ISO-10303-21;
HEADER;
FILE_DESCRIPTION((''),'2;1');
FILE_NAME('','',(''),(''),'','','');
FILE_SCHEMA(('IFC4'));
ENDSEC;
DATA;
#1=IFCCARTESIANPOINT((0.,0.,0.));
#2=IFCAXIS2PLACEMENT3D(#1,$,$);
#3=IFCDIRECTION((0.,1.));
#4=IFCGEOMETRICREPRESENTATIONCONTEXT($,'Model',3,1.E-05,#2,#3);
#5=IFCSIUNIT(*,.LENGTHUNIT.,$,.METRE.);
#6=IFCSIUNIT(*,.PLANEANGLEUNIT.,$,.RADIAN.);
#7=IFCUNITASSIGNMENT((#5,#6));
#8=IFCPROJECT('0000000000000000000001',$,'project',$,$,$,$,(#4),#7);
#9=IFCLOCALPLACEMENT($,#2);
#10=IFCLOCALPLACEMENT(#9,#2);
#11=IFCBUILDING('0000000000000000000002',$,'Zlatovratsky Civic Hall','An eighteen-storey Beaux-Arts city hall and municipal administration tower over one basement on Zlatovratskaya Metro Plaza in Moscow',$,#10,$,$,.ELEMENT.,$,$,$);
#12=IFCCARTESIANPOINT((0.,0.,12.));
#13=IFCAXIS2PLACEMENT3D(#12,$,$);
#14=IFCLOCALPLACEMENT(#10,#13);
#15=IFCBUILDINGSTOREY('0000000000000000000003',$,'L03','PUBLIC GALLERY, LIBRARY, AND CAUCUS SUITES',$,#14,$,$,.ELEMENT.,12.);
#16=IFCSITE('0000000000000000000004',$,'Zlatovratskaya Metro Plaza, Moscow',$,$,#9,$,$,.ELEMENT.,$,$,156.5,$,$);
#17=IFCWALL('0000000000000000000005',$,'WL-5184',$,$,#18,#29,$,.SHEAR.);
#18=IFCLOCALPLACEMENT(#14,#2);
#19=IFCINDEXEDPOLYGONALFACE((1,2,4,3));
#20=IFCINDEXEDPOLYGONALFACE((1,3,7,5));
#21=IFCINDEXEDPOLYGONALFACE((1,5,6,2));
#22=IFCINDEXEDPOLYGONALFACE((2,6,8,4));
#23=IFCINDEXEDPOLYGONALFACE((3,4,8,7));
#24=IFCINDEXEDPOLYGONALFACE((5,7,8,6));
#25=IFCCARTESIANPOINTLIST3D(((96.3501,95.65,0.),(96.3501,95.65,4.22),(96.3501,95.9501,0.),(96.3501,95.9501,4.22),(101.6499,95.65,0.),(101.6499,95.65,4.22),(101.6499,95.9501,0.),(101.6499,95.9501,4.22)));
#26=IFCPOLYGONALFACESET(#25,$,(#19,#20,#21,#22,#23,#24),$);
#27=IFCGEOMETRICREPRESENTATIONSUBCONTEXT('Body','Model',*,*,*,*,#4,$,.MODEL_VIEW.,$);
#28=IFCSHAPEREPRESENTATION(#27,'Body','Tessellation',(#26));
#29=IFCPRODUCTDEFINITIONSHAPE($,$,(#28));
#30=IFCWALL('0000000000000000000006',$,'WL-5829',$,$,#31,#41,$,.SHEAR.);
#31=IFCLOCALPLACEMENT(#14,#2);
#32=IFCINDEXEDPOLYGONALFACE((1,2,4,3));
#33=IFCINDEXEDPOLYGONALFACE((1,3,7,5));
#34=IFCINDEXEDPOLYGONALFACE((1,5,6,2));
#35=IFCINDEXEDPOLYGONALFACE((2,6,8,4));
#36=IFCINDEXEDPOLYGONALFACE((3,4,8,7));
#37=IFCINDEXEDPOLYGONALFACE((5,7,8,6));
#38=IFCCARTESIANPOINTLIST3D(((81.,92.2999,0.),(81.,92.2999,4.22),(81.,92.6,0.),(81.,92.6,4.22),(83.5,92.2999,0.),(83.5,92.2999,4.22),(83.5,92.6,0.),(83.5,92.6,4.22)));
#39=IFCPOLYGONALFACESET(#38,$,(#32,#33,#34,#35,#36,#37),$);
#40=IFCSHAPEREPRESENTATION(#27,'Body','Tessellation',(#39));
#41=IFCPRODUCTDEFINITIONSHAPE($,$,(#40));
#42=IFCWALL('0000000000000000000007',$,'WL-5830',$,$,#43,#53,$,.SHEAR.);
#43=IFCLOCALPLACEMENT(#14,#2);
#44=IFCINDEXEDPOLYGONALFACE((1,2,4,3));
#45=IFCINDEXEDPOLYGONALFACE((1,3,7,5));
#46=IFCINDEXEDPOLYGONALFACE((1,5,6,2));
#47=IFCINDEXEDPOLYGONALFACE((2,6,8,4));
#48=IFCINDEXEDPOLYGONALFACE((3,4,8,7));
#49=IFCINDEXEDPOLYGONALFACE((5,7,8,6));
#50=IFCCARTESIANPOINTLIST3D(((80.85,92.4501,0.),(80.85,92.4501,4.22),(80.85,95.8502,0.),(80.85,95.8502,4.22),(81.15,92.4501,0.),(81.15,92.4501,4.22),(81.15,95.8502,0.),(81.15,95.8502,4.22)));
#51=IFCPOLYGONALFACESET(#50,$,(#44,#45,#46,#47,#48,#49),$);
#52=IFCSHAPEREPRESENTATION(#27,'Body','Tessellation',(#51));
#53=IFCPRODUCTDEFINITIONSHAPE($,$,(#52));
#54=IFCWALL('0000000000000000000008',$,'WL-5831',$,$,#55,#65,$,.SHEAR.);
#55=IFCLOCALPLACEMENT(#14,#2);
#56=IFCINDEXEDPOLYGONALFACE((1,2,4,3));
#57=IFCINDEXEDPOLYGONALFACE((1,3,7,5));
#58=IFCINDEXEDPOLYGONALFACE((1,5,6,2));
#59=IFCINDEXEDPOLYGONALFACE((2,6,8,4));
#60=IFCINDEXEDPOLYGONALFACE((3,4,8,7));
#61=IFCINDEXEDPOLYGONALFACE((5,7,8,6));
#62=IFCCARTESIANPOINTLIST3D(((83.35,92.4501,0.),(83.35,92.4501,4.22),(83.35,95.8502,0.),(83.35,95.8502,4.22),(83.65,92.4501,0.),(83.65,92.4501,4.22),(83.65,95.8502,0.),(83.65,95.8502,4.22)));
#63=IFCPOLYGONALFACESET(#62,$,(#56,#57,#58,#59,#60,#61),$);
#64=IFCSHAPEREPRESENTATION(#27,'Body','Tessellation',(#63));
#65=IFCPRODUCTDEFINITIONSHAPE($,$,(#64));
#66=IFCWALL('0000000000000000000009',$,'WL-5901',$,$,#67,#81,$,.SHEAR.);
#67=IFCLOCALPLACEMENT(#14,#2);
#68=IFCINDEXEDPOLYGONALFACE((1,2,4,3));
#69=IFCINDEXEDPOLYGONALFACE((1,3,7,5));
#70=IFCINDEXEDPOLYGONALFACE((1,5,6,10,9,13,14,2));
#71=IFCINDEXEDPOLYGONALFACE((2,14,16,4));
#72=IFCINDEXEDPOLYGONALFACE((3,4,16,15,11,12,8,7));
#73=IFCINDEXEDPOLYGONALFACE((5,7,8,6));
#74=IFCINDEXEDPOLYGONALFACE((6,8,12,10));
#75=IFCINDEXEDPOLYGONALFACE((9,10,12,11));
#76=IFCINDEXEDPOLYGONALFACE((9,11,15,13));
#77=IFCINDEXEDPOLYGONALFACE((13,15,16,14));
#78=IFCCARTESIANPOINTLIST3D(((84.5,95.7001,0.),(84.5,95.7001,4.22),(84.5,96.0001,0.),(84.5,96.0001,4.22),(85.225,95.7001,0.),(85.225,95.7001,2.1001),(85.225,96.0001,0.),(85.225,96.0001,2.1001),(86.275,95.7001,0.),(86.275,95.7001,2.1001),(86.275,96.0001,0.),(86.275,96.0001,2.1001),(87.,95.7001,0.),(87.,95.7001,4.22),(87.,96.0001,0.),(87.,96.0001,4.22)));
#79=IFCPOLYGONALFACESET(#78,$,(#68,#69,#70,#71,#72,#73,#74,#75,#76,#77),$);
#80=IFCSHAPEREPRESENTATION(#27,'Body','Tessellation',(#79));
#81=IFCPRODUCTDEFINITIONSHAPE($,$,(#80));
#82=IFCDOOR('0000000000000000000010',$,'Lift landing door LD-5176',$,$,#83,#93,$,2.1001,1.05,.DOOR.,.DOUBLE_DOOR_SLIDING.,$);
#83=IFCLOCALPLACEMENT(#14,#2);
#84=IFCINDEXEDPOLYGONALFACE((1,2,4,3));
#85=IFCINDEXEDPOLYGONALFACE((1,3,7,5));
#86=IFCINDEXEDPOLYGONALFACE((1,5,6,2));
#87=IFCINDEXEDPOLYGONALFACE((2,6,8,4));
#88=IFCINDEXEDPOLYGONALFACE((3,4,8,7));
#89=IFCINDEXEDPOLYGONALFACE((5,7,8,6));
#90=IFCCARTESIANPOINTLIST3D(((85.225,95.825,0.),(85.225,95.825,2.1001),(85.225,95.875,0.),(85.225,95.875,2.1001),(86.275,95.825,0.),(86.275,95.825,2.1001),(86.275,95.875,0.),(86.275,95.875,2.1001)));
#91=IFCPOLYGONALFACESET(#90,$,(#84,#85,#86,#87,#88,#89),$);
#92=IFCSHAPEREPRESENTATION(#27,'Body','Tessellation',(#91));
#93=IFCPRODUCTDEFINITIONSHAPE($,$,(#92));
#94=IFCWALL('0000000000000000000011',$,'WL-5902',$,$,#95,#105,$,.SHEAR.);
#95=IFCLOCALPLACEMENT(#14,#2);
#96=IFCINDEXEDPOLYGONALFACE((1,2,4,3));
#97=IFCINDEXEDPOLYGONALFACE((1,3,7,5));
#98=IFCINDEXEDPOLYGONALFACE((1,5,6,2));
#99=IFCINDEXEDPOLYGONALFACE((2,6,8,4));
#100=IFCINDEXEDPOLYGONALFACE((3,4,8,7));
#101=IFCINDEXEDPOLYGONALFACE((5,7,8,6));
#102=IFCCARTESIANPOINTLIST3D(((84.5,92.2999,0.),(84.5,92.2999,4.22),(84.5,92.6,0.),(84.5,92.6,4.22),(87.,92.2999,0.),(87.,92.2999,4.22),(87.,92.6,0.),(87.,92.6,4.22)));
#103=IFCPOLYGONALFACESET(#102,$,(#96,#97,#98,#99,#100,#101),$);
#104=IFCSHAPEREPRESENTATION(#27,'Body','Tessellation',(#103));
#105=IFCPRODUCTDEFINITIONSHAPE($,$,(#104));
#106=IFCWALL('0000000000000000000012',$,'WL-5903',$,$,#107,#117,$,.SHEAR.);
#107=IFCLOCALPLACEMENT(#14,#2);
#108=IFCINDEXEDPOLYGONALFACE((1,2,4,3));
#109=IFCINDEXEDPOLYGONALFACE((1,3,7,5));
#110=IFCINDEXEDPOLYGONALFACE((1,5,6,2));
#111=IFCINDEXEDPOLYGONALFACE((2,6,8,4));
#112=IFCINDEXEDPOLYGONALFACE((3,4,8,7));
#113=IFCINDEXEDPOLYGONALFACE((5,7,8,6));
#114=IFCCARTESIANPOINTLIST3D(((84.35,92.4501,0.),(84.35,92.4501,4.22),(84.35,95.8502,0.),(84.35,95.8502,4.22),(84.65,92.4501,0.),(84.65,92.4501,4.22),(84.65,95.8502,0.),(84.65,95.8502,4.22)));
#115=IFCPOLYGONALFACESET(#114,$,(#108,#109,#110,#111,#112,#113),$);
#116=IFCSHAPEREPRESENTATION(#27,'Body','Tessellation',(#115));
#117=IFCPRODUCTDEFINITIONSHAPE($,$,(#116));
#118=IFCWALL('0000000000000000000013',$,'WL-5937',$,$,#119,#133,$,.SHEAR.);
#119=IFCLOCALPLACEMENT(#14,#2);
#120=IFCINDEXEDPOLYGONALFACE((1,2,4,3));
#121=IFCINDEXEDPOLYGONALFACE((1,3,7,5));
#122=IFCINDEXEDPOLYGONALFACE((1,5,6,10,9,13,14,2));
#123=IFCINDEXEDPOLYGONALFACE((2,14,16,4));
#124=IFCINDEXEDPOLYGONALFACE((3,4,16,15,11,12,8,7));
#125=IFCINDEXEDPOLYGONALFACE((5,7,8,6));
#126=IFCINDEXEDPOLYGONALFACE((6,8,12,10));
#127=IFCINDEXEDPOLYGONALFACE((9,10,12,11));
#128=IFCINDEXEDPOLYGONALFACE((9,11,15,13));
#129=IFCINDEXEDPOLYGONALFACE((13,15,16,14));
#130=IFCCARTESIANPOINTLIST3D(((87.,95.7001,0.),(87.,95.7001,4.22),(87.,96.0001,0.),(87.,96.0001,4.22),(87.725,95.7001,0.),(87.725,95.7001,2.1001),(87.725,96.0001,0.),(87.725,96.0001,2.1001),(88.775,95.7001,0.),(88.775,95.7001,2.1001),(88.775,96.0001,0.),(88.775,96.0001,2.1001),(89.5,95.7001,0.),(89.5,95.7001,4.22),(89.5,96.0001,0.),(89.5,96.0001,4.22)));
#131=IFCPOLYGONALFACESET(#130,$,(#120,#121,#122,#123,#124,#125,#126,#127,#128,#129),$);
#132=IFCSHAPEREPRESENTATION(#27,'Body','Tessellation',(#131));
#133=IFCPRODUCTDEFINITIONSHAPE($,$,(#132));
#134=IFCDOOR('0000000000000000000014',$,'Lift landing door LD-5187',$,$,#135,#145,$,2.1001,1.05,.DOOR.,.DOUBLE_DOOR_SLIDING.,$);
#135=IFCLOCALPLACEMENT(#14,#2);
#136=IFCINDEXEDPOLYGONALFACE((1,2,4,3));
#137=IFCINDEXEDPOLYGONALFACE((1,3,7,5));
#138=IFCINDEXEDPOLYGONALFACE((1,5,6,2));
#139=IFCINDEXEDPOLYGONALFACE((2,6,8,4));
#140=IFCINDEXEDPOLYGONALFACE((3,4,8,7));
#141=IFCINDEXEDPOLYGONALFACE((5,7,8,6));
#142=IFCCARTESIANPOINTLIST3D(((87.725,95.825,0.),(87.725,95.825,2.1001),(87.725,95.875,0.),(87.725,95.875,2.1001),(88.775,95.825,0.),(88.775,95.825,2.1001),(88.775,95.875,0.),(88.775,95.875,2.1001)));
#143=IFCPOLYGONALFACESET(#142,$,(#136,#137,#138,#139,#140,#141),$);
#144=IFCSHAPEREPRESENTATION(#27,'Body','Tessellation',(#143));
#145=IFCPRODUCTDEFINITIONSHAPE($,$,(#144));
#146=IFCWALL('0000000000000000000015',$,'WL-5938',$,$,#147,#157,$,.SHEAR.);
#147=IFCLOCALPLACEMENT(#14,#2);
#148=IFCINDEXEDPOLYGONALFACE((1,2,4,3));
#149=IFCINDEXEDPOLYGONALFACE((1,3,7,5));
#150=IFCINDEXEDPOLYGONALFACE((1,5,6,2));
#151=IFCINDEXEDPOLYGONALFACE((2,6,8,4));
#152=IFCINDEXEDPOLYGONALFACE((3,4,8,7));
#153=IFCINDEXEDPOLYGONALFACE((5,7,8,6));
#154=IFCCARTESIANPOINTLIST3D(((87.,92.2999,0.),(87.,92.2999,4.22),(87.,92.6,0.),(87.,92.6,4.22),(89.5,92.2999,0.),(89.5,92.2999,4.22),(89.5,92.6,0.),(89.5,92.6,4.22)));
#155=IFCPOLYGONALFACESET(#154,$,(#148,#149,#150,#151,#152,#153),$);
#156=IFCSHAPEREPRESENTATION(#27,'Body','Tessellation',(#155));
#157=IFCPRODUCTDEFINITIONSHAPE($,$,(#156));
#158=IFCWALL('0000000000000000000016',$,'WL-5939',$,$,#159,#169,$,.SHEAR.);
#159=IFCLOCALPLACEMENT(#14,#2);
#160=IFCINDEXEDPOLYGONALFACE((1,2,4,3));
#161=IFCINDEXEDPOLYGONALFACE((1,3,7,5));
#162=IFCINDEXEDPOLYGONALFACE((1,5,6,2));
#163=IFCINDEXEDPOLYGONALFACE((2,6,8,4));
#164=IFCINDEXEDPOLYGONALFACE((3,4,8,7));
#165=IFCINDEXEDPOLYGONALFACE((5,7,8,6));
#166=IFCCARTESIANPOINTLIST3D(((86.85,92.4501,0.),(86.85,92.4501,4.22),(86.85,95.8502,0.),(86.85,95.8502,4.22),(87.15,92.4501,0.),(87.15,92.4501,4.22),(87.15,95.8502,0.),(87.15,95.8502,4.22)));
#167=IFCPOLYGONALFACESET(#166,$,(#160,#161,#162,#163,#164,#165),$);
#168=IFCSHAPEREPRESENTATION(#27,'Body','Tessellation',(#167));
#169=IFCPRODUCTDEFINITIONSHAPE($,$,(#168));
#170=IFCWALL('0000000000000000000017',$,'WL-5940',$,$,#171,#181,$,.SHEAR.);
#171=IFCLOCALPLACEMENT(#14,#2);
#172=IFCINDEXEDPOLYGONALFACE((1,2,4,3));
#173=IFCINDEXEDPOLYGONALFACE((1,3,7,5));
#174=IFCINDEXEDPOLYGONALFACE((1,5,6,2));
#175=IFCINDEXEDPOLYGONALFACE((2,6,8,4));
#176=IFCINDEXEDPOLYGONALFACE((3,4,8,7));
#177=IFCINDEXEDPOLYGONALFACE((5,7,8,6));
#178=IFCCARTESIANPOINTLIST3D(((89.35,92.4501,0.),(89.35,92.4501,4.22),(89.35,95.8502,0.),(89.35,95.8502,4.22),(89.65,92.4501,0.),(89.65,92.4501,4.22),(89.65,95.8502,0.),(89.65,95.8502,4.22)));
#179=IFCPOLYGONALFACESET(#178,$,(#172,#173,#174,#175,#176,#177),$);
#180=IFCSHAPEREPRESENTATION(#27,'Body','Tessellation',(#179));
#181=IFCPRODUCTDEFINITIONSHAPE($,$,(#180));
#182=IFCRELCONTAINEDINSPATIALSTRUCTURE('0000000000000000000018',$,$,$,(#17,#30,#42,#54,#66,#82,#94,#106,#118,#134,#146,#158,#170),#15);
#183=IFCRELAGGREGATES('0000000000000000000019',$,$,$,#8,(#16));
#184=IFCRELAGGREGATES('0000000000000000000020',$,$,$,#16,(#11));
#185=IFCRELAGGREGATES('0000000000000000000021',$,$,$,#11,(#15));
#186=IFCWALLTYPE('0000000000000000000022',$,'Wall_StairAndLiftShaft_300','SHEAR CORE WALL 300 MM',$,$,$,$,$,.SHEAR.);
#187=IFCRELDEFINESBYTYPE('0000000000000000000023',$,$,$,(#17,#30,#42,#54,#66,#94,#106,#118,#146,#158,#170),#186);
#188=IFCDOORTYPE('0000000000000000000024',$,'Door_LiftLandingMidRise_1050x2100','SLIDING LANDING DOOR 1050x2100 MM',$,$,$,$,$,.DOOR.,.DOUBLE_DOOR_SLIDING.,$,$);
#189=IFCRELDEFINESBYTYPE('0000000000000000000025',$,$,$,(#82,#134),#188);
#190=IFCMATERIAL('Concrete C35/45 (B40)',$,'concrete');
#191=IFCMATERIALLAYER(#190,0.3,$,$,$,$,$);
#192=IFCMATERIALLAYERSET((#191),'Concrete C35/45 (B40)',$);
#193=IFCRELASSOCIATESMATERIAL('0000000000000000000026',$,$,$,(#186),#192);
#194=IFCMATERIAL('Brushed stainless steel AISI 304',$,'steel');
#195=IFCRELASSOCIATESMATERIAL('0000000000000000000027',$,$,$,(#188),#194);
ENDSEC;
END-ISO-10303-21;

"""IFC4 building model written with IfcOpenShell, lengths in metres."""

from ifc_helpers import new_model, si_unit, direction, frame, frame_2d, origin, place, context, subcontext, project, spatial, rectangle, extrude, material, layer, layer_set, type_object, element, fill, save


model = new_model("IFC4")

# Units and contexts
model_context = context("Model", 3, precision=1e-05, world=origin(), true_north=direction((0.0, 1.0)))
body_context = subcontext(model_context, "Body", "Model", "MODEL_VIEW")
ifc_project = project(units=[si_unit("LENGTHUNIT", "METRE"), si_unit("PLANEANGLEUNIT", "RADIAN")], contexts=[model_context])

# Site, building, storey
site_placement = place(None, origin())
site = spatial("IfcSite", under=ifc_project, at=site_placement, Name="Zlatovratskaya Metro Plaza, Moscow", CompositionType="ELEMENT", RefElevation=156.5)
building_placement = place(site_placement, origin())
building = spatial("IfcBuilding", under=site, at=building_placement, Name="Zlatovratsky Civic Hall", Description="An eighteen-storey Beaux-Arts city hall and municipal administration tower over one basement on Zlatovratskaya Metro Plaza in Moscow", CompositionType="ELEMENT")
storey_placement = place(building_placement, frame((0.0, 0.0, 12.0)))
storey = spatial("IfcBuildingStorey", under=building, at=storey_placement, Name="L03", Description="PUBLIC GALLERY, LIBRARY, AND CAUCUS SUITES", CompositionType="ELEMENT", Elevation=12.0)

# Shared definitions
ifc_material_1 = material(Name="Concrete C35/45 (B40)", Category="concrete")

# Wall
ifc_layer_1 = layer(ifc_material_1, 0.3)
ifc_layer_set_1 = layer_set([ifc_layer_1], Name="Concrete C35/45 (B40)")
wall_type_1 = type_object("IfcWallType", Name="Wall_StairAndLiftShaft_300", Description="SHEAR CORE WALL 300 MM", PredefinedType="SHEAR", material=ifc_layer_set_1)
wall_1_placement = place(storey_placement, frame((96.3501, 95.8, 0.0), z_axis=(0.0, 0.0, 1.0), x_axis=(1.0, 0.0, 0.0)))
element("IfcWall", 1, at=wall_1_placement, inside=storey, type_object=wall_type_1, Name="WL-5184", PredefinedType="SHEAR", context=body_context, shape_type="SweptSolid", body=[
    extrude(rectangle(XDim=5.2998, YDim=0.3, at=frame_2d((2.6499, 0.0))), origin(), (0.0, 0.0, 1.0), 4.22),
])

# Shared definitions
ifc_material_2 = material(Name="Brushed stainless steel AISI 304", Category="steel")

# Walls
wall_2_placement = place(storey_placement, frame((81.0, 92.45, 0.0), z_axis=(0.0, 0.0, 1.0), x_axis=(1.0, 0.0, 0.0)))
element("IfcWall", 2, at=wall_2_placement, inside=storey, type_object=wall_type_1, Name="WL-5829", PredefinedType="SHEAR", context=body_context, shape_type="SweptSolid", body=[
    extrude(rectangle(XDim=2.5, YDim=0.3, at=frame_2d((1.25, 0.0))), origin(), (0.0, 0.0, 1.0), 4.22),
])
for number, where, z_axis, x_axis, name in (
    (3, (81.0, 92.45, 0.0), (0.0, 0.0, 1.0), (0.0, 1.0, 0.0), "WL-5830"),
    (4, (83.5, 92.45, 0.0), (0.0, 0.0, 1.0), (0.0, 1.0, 0.0), "WL-5831"),
):
    element("IfcWall", number, at=place(storey_placement, frame(where, z_axis=z_axis, x_axis=x_axis)), inside=storey, type_object=wall_type_1, Name=name, PredefinedType="SHEAR", context=body_context, shape_type="SweptSolid", body=[
        extrude(rectangle(XDim=3.4001, YDim=0.3, at=frame_2d((1.7002, 0.0))), origin(), (0.0, 0.0, 1.0), 4.22),
    ])

# Wall, opening, door
wall_3_placement = place(storey_placement, frame((84.5, 95.8501, 0.0), z_axis=(0.0, 0.0, 1.0), x_axis=(1.0, 0.0, 0.0)))
wall_3 = element("IfcWall", 5, at=wall_3_placement, inside=storey, type_object=wall_type_1, Name="WL-5901", PredefinedType="SHEAR", context=body_context, shape_type="SweptSolid", body=[
    extrude(rectangle(XDim=2.5, YDim=0.3, at=frame_2d((1.25, 0.0))), origin(), (0.0, 0.0, 1.0), 4.22),
])
opening_1_placement = place(wall_3_placement, frame((0.7251, 0.0, 0.0)))
opening_1 = element("IfcOpeningElement", 6, at=opening_1_placement, cuts=wall_3, PredefinedType="OPENING", context=body_context, shape_type="SweptSolid", body=[
    extrude(rectangle(XDim=1.05, YDim=2.1001, at=frame_2d((0.5249, 1.05))), frame((0.0, 0.165, 0.0), z_axis=(0.0, -1.0, 0.0), x_axis=(1.0, 0.0, 0.0)), (0.0, 0.0, 1.0), 0.3298),
])
door_type_1 = type_object("IfcDoorType", Name="Door_LiftLandingMidRise_1050x2100", Description="SLIDING LANDING DOOR 1050x2100 MM", OperationType="DOUBLE_DOOR_SLIDING", PredefinedType="DOOR", material=ifc_material_2)
door_1_placement = place(opening_1_placement, origin())
door_1 = element("IfcDoor", 7, at=door_1_placement, inside=storey, type_object=door_type_1, Name="Lift landing door LD-5176", OperationType="DOUBLE_DOOR_SLIDING", OverallHeight=2.1001, OverallWidth=1.05, PredefinedType="DOOR", context=body_context, shape_type="SweptSolid", body=[
    extrude(rectangle(XDim=1.05, YDim=2.1001, at=frame_2d((0.5249, 1.05))), frame((0.0, 0.0249, 0.0), z_axis=(0.0, -1.0, 0.0), x_axis=(1.0, 0.0, 0.0)), (0.0, 0.0, 1.0), 0.05),
])
fill(opening_1, door_1)

# Walls
wall_4_placement = place(storey_placement, frame((84.5, 92.45, 0.0), z_axis=(0.0, 0.0, 1.0), x_axis=(1.0, 0.0, 0.0)))
element("IfcWall", 8, at=wall_4_placement, inside=storey, type_object=wall_type_1, Name="WL-5902", PredefinedType="SHEAR", context=body_context, shape_type="SweptSolid", body=[
    extrude(rectangle(XDim=2.5, YDim=0.3, at=frame_2d((1.25, 0.0))), origin(), (0.0, 0.0, 1.0), 4.22),
])
wall_5_placement = place(storey_placement, frame((84.5, 92.45, 0.0), z_axis=(0.0, 0.0, 1.0), x_axis=(0.0, 1.0, 0.0)))
element("IfcWall", 9, at=wall_5_placement, inside=storey, type_object=wall_type_1, Name="WL-5903", PredefinedType="SHEAR", context=body_context, shape_type="SweptSolid", body=[
    extrude(rectangle(XDim=3.4001, YDim=0.3, at=frame_2d((1.7002, 0.0))), origin(), (0.0, 0.0, 1.0), 4.22),
])

# Wall, opening, door
wall_6_placement = place(storey_placement, frame((87.0, 95.8501, 0.0), z_axis=(0.0, 0.0, 1.0), x_axis=(1.0, 0.0, 0.0)))
wall_6 = element("IfcWall", 10, at=wall_6_placement, inside=storey, type_object=wall_type_1, Name="WL-5937", PredefinedType="SHEAR", context=body_context, shape_type="SweptSolid", body=[
    extrude(rectangle(XDim=2.5, YDim=0.3, at=frame_2d((1.25, 0.0))), origin(), (0.0, 0.0, 1.0), 4.22),
])
opening_2_placement = place(wall_6_placement, frame((0.7251, 0.0, 0.0)))
opening_2 = element("IfcOpeningElement", 11, at=opening_2_placement, cuts=wall_6, PredefinedType="OPENING", context=body_context, shape_type="SweptSolid", body=[
    extrude(rectangle(XDim=1.05, YDim=2.1001, at=frame_2d((0.5249, 1.05))), frame((0.0, 0.165, 0.0), z_axis=(0.0, -1.0, 0.0), x_axis=(1.0, 0.0, 0.0)), (0.0, 0.0, 1.0), 0.3298),
])
door_2_placement = place(opening_2_placement, origin())
door_2 = element("IfcDoor", 12, at=door_2_placement, inside=storey, type_object=door_type_1, Name="Lift landing door LD-5187", OperationType="DOUBLE_DOOR_SLIDING", OverallHeight=2.1001, OverallWidth=1.05, PredefinedType="DOOR", context=body_context, shape_type="SweptSolid", body=[
    extrude(rectangle(XDim=1.05, YDim=2.1001, at=frame_2d((0.5249, 1.05))), frame((0.0, 0.0249, 0.0), z_axis=(0.0, -1.0, 0.0), x_axis=(1.0, 0.0, 0.0)), (0.0, 0.0, 1.0), 0.05),
])
fill(opening_2, door_2)

# Walls
wall_7_placement = place(storey_placement, frame((87.0, 92.45, 0.0), z_axis=(0.0, 0.0, 1.0), x_axis=(1.0, 0.0, 0.0)))
element("IfcWall", 13, at=wall_7_placement, inside=storey, type_object=wall_type_1, Name="WL-5938", PredefinedType="SHEAR", context=body_context, shape_type="SweptSolid", body=[
    extrude(rectangle(XDim=2.5, YDim=0.3, at=frame_2d((1.25, 0.0))), origin(), (0.0, 0.0, 1.0), 4.22),
])
for number, where, z_axis, x_axis, name in (
    (14, (87.0, 92.45, 0.0), (0.0, 0.0, 1.0), (0.0, 1.0, 0.0), "WL-5939"),
    (15, (89.5, 92.45, 0.0), (0.0, 0.0, 1.0), (0.0, 1.0, 0.0), "WL-5940"),
):
    element("IfcWall", number, at=place(storey_placement, frame(where, z_axis=z_axis, x_axis=x_axis)), inside=storey, type_object=wall_type_1, Name=name, PredefinedType="SHEAR", context=body_context, shape_type="SweptSolid", body=[
        extrude(rectangle(XDim=3.4001, YDim=0.3, at=frame_2d((1.7002, 0.0))), origin(), (0.0, 0.0, 1.0), 4.22),
    ])

save(model, "model.ifc")
